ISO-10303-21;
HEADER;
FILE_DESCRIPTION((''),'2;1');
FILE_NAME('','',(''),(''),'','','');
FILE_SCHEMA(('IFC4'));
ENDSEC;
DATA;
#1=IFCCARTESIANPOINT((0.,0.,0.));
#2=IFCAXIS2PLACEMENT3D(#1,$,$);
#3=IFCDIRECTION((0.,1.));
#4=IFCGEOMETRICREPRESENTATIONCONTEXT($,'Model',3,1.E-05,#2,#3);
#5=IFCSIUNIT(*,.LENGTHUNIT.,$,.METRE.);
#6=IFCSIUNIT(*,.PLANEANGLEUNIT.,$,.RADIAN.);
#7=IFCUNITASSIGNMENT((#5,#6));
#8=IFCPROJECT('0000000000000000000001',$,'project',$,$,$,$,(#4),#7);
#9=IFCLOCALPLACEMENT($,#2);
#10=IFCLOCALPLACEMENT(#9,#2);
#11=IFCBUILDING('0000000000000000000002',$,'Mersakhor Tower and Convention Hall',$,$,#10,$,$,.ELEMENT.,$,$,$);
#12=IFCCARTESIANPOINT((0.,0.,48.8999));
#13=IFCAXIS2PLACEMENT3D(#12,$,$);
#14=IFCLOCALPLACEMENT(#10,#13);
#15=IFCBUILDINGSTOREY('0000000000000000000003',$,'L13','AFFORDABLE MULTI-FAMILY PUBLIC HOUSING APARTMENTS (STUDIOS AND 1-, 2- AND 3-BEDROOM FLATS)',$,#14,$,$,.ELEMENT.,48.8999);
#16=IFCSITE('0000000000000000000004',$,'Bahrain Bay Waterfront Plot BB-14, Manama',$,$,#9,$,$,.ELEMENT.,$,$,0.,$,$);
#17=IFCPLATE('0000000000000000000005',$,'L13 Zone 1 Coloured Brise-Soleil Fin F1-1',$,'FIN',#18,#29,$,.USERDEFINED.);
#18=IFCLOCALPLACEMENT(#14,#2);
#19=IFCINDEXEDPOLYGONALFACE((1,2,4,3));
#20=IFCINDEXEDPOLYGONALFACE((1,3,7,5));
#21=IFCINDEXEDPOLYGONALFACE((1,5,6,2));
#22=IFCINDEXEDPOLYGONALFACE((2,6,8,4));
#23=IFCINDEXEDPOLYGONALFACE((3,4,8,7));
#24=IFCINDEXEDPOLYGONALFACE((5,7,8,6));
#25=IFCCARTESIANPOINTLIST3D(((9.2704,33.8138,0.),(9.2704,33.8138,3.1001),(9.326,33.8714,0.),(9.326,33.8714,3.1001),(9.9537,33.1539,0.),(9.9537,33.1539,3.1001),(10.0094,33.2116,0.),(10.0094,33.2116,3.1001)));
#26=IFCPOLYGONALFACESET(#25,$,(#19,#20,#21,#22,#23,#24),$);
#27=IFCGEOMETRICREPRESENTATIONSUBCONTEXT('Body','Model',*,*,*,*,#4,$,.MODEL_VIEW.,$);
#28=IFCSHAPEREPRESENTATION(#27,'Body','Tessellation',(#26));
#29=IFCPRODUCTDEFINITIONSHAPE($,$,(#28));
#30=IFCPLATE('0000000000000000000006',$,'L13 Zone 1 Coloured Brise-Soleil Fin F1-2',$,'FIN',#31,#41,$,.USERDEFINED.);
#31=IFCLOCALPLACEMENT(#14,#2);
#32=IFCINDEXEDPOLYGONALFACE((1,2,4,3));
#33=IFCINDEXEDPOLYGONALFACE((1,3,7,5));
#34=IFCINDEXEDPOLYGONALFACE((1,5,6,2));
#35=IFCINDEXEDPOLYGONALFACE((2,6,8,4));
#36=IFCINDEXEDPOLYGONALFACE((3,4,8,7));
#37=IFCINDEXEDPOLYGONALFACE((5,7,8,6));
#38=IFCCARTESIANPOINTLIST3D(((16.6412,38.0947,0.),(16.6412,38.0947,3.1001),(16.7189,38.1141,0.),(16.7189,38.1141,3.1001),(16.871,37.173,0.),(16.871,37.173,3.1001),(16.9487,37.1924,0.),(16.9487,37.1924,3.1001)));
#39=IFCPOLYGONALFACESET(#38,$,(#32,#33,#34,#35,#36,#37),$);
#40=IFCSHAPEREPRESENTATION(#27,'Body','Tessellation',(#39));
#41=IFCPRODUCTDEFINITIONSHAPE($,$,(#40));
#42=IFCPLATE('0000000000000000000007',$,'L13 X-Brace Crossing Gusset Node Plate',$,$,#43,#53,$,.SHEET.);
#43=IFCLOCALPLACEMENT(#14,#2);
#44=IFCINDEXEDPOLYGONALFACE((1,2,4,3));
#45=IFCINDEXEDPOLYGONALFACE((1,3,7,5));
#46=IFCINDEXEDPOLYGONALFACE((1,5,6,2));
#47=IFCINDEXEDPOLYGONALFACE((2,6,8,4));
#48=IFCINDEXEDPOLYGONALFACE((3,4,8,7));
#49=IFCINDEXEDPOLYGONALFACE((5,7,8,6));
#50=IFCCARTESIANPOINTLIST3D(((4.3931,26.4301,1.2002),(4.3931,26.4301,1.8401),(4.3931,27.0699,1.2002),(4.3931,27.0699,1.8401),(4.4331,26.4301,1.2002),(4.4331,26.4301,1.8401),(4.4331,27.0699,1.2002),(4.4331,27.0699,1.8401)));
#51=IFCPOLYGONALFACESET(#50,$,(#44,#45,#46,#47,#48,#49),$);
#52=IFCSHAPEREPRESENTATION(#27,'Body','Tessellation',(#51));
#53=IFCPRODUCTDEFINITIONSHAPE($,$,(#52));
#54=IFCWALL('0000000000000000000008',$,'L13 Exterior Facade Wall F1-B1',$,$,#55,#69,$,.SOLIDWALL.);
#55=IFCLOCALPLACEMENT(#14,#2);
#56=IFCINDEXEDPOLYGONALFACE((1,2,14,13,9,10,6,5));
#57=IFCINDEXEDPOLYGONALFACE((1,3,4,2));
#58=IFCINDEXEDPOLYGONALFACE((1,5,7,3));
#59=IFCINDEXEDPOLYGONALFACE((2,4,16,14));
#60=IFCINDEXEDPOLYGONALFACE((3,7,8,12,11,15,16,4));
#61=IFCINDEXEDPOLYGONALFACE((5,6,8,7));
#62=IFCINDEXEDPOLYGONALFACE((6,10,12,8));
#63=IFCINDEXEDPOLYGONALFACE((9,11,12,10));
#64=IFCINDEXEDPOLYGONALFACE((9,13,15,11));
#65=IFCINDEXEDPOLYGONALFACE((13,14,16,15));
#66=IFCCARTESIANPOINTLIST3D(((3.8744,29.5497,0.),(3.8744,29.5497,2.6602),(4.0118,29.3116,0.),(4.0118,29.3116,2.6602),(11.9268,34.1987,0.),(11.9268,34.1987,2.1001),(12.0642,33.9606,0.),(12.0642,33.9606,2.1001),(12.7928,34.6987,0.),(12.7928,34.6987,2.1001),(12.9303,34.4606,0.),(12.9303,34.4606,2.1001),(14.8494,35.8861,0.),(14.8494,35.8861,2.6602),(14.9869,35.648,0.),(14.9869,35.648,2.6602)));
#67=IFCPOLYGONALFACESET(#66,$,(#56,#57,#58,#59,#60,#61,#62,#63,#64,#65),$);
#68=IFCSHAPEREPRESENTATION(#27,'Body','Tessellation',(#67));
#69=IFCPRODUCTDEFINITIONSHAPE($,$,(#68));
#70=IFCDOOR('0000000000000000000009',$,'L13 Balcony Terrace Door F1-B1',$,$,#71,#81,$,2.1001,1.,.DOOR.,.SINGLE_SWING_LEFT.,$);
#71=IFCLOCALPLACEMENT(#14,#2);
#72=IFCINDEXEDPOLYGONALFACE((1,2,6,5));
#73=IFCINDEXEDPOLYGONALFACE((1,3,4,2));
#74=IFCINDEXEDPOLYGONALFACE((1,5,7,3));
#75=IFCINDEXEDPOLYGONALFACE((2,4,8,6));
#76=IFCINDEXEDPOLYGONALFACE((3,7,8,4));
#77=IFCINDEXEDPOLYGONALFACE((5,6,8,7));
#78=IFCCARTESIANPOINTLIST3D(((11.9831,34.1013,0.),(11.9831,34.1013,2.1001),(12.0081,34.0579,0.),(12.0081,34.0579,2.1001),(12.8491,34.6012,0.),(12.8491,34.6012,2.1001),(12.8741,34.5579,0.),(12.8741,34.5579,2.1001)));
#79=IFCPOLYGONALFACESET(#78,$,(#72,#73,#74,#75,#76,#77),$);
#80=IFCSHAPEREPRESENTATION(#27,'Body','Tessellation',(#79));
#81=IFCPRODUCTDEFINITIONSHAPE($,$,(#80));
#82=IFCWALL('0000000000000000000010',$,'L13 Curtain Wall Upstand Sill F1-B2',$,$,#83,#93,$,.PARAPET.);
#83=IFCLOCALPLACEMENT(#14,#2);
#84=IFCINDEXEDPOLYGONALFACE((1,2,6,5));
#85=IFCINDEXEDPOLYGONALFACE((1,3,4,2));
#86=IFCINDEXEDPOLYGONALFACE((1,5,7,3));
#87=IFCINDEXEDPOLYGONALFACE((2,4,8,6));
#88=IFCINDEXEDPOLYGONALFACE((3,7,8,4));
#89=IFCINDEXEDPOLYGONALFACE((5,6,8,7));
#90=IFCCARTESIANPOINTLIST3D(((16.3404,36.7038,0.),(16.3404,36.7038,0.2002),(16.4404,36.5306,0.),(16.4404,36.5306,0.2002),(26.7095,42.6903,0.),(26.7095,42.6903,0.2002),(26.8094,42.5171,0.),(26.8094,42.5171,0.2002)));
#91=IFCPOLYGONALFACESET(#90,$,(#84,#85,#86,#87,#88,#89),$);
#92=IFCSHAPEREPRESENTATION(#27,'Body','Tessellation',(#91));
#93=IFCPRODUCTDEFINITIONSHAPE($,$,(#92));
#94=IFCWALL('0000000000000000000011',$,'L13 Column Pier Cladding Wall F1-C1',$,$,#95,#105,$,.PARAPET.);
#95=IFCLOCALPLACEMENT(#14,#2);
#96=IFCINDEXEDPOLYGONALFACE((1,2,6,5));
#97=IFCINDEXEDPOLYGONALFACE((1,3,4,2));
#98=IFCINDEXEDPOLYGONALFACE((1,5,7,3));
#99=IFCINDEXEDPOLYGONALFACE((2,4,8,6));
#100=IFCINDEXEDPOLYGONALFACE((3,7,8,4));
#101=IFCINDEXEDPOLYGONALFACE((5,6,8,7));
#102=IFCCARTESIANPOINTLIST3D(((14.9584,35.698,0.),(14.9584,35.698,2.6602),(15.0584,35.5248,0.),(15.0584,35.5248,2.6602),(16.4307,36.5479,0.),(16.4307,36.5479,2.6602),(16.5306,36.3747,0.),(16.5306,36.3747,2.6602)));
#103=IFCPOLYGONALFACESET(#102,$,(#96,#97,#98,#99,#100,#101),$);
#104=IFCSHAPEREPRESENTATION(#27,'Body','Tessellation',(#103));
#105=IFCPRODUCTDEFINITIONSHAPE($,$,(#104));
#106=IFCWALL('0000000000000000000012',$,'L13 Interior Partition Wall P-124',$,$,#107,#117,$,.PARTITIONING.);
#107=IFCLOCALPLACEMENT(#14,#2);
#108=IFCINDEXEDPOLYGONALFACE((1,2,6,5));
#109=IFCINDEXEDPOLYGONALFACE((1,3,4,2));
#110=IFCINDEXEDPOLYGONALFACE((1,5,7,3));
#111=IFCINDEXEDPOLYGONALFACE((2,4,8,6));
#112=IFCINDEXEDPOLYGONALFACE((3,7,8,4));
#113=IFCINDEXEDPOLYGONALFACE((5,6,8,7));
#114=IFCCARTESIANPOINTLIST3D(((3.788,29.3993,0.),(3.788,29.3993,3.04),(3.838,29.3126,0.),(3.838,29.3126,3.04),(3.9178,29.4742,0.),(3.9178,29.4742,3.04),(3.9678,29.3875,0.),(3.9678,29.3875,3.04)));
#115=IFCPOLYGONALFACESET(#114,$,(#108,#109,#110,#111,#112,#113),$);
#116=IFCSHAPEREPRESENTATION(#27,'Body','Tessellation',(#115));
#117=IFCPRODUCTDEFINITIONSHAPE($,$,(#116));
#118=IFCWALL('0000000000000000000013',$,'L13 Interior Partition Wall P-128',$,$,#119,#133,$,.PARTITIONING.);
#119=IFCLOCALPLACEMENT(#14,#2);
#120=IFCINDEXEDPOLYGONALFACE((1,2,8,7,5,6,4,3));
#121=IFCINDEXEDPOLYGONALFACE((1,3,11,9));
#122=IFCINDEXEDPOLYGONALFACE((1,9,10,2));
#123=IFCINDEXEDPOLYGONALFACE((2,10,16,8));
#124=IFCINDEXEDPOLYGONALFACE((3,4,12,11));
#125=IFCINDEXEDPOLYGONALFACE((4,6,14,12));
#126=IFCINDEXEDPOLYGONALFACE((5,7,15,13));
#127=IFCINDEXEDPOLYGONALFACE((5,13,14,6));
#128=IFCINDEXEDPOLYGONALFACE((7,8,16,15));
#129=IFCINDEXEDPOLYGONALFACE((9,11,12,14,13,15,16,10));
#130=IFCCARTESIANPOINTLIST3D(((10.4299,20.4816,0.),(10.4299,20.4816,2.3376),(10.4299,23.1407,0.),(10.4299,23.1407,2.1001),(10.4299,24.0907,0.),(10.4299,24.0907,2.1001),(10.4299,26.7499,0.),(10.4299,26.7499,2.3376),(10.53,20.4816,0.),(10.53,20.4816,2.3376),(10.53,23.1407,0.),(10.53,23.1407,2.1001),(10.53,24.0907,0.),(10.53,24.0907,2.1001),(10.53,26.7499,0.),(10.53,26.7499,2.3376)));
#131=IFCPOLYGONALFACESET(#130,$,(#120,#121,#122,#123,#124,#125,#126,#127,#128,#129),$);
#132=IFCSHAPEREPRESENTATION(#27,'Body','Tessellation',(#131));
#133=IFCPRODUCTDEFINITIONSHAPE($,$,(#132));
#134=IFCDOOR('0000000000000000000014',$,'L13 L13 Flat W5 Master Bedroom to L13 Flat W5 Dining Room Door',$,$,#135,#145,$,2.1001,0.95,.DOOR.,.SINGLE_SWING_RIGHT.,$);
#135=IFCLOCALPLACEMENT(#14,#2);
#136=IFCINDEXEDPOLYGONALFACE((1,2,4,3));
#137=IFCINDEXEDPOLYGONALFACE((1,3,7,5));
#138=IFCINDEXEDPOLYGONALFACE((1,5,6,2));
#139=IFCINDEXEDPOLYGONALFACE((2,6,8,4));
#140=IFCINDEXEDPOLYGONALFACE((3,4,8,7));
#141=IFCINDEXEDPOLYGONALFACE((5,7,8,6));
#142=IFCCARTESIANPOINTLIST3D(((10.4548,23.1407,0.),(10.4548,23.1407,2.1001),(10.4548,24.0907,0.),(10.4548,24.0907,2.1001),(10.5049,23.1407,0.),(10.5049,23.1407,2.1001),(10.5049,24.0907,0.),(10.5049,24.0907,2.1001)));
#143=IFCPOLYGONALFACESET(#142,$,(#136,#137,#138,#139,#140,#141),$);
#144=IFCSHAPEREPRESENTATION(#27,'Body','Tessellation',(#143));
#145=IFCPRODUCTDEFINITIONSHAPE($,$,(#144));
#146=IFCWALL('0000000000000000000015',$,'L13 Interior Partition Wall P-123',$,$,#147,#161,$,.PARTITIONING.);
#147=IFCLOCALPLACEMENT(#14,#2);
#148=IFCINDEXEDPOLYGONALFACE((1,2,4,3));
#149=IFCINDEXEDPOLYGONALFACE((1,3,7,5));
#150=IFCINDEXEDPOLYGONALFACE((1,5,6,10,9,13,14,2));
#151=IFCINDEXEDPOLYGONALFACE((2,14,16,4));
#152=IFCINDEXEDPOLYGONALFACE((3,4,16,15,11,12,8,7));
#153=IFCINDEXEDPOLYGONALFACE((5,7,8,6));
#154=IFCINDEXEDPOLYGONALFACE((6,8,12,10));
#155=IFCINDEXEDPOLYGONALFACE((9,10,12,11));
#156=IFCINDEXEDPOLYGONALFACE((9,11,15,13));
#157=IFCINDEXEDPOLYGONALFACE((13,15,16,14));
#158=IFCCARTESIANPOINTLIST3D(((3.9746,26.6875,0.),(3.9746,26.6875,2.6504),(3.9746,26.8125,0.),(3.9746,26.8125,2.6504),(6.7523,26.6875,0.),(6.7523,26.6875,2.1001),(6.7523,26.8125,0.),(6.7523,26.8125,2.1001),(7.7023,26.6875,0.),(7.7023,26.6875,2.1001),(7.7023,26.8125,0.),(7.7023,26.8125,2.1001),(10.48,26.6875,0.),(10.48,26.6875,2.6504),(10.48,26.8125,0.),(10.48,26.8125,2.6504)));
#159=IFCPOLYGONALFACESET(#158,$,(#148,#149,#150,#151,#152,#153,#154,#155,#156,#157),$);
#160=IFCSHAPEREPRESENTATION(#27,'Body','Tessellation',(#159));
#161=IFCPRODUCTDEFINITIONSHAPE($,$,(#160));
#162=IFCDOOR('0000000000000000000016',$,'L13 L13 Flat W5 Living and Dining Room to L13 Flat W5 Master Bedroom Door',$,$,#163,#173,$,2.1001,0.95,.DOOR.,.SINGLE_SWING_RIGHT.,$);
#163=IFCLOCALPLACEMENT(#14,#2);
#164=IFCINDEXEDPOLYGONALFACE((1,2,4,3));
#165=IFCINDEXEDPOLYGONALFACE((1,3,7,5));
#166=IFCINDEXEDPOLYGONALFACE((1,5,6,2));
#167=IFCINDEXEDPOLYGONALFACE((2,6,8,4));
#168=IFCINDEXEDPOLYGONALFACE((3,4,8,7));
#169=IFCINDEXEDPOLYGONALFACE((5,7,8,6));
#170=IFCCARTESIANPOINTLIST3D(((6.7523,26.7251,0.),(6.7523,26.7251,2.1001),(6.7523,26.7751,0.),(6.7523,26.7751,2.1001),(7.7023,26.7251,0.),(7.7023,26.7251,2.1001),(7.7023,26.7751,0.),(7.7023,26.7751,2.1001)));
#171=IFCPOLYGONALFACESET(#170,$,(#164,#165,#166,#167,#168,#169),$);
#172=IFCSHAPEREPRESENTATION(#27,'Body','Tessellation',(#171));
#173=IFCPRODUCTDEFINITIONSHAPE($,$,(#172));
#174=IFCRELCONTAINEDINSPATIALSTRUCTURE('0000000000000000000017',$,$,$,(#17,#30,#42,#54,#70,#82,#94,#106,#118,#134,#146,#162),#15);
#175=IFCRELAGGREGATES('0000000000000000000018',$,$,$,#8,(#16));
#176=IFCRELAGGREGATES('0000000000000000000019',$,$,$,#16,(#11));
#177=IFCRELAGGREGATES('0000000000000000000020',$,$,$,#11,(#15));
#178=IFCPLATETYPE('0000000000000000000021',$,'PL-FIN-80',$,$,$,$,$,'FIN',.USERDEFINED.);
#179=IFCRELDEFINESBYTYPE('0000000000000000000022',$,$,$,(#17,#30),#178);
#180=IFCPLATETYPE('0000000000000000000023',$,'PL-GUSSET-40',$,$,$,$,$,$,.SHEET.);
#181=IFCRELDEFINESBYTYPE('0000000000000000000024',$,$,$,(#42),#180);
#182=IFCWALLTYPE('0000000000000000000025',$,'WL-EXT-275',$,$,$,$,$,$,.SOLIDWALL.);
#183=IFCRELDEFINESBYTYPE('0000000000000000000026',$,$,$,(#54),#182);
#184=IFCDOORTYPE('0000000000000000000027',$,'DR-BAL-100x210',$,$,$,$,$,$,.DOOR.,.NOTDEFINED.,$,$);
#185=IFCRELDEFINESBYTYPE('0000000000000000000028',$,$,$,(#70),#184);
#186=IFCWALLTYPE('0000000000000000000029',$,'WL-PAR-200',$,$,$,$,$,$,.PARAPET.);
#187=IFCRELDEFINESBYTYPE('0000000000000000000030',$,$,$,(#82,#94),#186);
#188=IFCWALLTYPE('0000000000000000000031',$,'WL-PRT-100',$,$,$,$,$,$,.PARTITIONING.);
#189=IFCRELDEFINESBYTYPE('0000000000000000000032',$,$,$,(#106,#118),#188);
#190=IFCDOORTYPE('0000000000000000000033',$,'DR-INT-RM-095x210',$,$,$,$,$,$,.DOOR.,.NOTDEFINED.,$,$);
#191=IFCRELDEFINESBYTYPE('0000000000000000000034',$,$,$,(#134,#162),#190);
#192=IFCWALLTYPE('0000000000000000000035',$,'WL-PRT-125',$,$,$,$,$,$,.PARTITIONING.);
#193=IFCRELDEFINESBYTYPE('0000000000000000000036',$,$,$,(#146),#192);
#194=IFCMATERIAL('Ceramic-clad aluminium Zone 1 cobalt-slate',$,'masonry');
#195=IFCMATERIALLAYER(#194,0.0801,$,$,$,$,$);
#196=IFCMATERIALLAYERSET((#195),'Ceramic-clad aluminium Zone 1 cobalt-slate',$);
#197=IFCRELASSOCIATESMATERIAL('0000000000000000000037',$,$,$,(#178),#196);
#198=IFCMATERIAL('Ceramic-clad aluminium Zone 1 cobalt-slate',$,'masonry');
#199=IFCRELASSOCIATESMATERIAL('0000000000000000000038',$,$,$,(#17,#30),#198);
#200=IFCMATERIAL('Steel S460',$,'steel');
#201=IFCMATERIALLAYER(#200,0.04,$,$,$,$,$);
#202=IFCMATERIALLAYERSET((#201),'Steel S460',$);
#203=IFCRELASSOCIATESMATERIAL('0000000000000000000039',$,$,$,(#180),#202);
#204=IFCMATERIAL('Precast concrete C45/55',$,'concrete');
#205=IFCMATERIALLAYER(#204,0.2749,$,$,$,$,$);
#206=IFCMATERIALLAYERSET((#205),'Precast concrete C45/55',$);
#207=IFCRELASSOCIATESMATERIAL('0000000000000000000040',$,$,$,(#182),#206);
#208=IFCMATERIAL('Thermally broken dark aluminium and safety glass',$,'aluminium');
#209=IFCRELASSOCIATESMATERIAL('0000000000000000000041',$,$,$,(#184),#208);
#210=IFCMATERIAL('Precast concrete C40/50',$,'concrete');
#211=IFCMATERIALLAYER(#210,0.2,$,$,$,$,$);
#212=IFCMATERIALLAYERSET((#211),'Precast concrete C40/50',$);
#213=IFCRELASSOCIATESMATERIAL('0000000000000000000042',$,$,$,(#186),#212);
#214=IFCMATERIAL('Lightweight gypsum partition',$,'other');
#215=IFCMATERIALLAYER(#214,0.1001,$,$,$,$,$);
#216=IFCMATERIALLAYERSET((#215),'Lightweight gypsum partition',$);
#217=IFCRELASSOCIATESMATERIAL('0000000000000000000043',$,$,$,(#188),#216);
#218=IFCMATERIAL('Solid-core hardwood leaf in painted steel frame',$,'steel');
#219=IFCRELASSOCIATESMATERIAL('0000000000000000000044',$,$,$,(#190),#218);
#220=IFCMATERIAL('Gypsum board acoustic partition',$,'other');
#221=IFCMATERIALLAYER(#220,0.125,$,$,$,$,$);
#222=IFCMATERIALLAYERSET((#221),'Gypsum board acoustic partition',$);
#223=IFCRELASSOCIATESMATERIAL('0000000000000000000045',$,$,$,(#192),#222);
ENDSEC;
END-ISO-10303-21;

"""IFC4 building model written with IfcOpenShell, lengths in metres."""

from ifc_helpers import new_model, si_unit, direction, frame, frame_2d, origin, origin_2d, place, context, subcontext, project, spatial, rectangle, extrude, material, layer, layer_set, type_object, element, fill, save


model = new_model("IFC4")

# Units and contexts
model_context = context("Model", 3, precision=1e-05, world=origin(), true_north=direction((0.0, 1.0)))
body_context = subcontext(model_context, "Body", "Model", "MODEL_VIEW")
ifc_project = project(units=[si_unit("LENGTHUNIT", "METRE"), si_unit("PLANEANGLEUNIT", "RADIAN")], contexts=[model_context])

# Site, building, storey
site_placement = place(None, origin())
site = spatial("IfcSite", under=ifc_project, at=site_placement, Name="Bahrain Bay Waterfront Plot BB-14, Manama", CompositionType="ELEMENT", RefElevation=0.0)
building_placement = place(site_placement, origin())
building = spatial("IfcBuilding", under=site, at=building_placement, Name="Mersakhor Tower and Convention Hall", CompositionType="ELEMENT")
storey_placement = place(building_placement, frame((0.0, 0.0, 48.8999)))
storey = spatial("IfcBuildingStorey", under=building, at=storey_placement, Name="L13", Description="AFFORDABLE MULTI-FAMILY PUBLIC HOUSING APARTMENTS (STUDIOS AND 1-, 2- AND 3-BEDROOM FLATS)", CompositionType="ELEMENT", Elevation=48.8999)

# Plates
ifc_material_1 = material(Name="Ceramic-clad aluminium Zone 1 cobalt-slate", Category="masonry")
ifc_material_2 = material(Name="Ceramic-clad aluminium Zone 1 cobalt-slate", Category="masonry")
ifc_layer_1 = layer(ifc_material_2, 0.0801)
ifc_layer_set_1 = layer_set([ifc_layer_1], Name="Ceramic-clad aluminium Zone 1 cobalt-slate")
plate_type_1 = type_object("IfcPlateType", Name="PL-FIN-80", ElementType="FIN", PredefinedType="USERDEFINED", material=ifc_layer_set_1)
for number, where, z_axis, x_axis, name in (
    (1, (9.6399, 33.5127, 0.0), (0.0, 0.0, 1.0), (-0.71934, 0.694658, 0.0), "L13 Zone 1 Coloured Brise-Soleil Fin F1-1"),
    (2, (16.7949, 37.6436, 0.0), (0.0, 0.0, 1.0), (-0.241922, 0.970296, 0.0), "L13 Zone 1 Coloured Brise-Soleil Fin F1-2"),
):
    element("IfcPlate", number, at=place(storey_placement, frame(where, z_axis=z_axis, x_axis=x_axis)), inside=storey, type_object=plate_type_1, material=ifc_material_1, Name=name, ObjectType="FIN", PredefinedType="USERDEFINED", context=body_context, shape_type="SweptSolid", body=[
        extrude(rectangle(XDim=0.95, YDim=0.0801, at=origin_2d()), origin(), (0.0, 0.0, 1.0), 3.1001),
    ])
ifc_material_3 = material(Name="Steel S460", Category="steel")
ifc_layer_2 = layer(ifc_material_3, 0.04)
ifc_layer_set_2 = layer_set([ifc_layer_2], Name="Steel S460")
plate_type_2 = type_object("IfcPlateType", Name="PL-GUSSET-40", PredefinedType="SHEET", material=ifc_layer_set_2)
plate_placement = place(storey_placement, frame((4.4131, 26.75, 1.2002), z_axis=(0.0, 0.0, 1.0), x_axis=(0.0, -1.0, 0.0)))
element("IfcPlate", 3, at=plate_placement, inside=storey, type_object=plate_type_2, Name="L13 X-Brace Crossing Gusset Node Plate", PredefinedType="SHEET", context=body_context, shape_type="SweptSolid", body=[
    extrude(rectangle(XDim=0.6399, YDim=0.04, at=origin_2d()), origin(), (0.0, 0.0, 1.0), 0.6399),
])

# Wall, opening, door
ifc_material_4 = material(Name="Precast concrete C45/55", Category="concrete")
ifc_layer_3 = layer(ifc_material_4, 0.2749)
ifc_layer_set_3 = layer_set([ifc_layer_3], Name="Precast concrete C45/55")
wall_type_1 = type_object("IfcWallType", Name="WL-EXT-275", PredefinedType="SOLIDWALL", material=ifc_layer_set_3)
wall_1_placement = place(storey_placement, frame((3.9431, 29.4307, 0.0), z_axis=(0.0, 0.0, 1.0), x_axis=(0.866027, 0.499997, 0.0)))
wall_1 = element("IfcWall", 4, at=wall_1_placement, inside=storey, type_object=wall_type_1, Name="L13 Exterior Facade Wall F1-B1", PredefinedType="SOLIDWALL", context=body_context, shape_type="SweptSolid", body=[
    extrude(rectangle(XDim=12.6729, YDim=0.2749, at=frame_2d((6.3364, 0.0))), origin(), (0.0, 0.0, 1.0), 2.6602),
])
opening_1_placement = place(wall_1_placement, frame((9.2981, 0.0, 0.0)))
opening_1 = element("IfcOpeningElement", 5, at=opening_1_placement, cuts=wall_1, PredefinedType="OPENING", context=body_context, shape_type="SweptSolid", body=[
    extrude(rectangle(XDim=1.0, YDim=2.1001, at=frame_2d((0.5, 1.05))), frame((0.0, 0.1475, 0.0), z_axis=(0.0, -1.0, 0.0), x_axis=(1.0, 0.0, 0.0)), (0.0, 0.0, 1.0), 0.2949),
])
ifc_material_5 = material(Name="Thermally broken dark aluminium and safety glass", Category="aluminium")
door_type_1 = type_object("IfcDoorType", Name="DR-BAL-100x210", OperationType="NOTDEFINED", PredefinedType="DOOR", material=ifc_material_5)
door_1_placement = place(opening_1_placement, origin())
door_1 = element("IfcDoor", 6, at=door_1_placement, inside=storey, type_object=door_type_1, Name="L13 Balcony Terrace Door F1-B1", OperationType="SINGLE_SWING_LEFT", OverallHeight=2.1001, OverallWidth=1.0, PredefinedType="DOOR", context=body_context, shape_type="SweptSolid", body=[
    extrude(rectangle(XDim=1.0, YDim=2.1001, at=frame_2d((0.5, 1.05))), frame((0.0, 0.0249, 0.0), z_axis=(0.0, -1.0, 0.0), x_axis=(1.0, 0.0, 0.0)), (0.0, 0.0, 1.0), 0.05),
])
fill(opening_1, door_1)

# Walls
ifc_material_6 = material(Name="Precast concrete C40/50", Category="concrete")
ifc_layer_4 = layer(ifc_material_6, 0.2)
ifc_layer_set_4 = layer_set([ifc_layer_4], Name="Precast concrete C40/50")
wall_type_2 = type_object("IfcWallType", Name="WL-PAR-200", PredefinedType="PARAPET", material=ifc_layer_set_4)
wall_2_placement = place(storey_placement, frame((16.3904, 36.6172, 0.0), z_axis=(0.0, 0.0, 1.0), x_axis=(0.866027, 0.499997, 0.0)))
element("IfcWall", 7, at=wall_2_placement, inside=storey, type_object=wall_type_2, Name="L13 Curtain Wall Upstand Sill F1-B2", PredefinedType="PARAPET", context=body_context, shape_type="SweptSolid", body=[
    extrude(rectangle(XDim=11.9731, YDim=0.2, at=frame_2d((5.9866, 0.0))), origin(), (0.0, 0.0, 1.0), 0.2002),
])
wall_3_placement = place(storey_placement, frame((15.0083, 35.6113, 0.0), z_axis=(0.0, 0.0, 1.0), x_axis=(0.866052, 0.499955, 0.0)))
element("IfcWall", 8, at=wall_3_placement, inside=storey, type_object=wall_type_2, Name="L13 Column Pier Cladding Wall F1-C1", PredefinedType="PARAPET", context=body_context, shape_type="SweptSolid", body=[
    extrude(rectangle(XDim=1.7, YDim=0.2, at=frame_2d((0.8501, 0.0))), origin(), (0.0, 0.0, 1.0), 2.6602),
])
ifc_material_7 = material(Name="Lightweight gypsum partition", Category="other")
ifc_layer_5 = layer(ifc_material_7, 0.1001)
ifc_layer_set_5 = layer_set([ifc_layer_5], Name="Lightweight gypsum partition")
wall_type_3 = type_object("IfcWallType", Name="WL-PRT-100", PredefinedType="PARTITIONING", material=ifc_layer_set_5)
wall_4_placement = place(storey_placement, frame((3.813, 29.356, 0.0), z_axis=(0.0, 0.0, 1.0), x_axis=(0.866131, 0.499816, 0.0)))
element("IfcWall", 9, at=wall_4_placement, inside=storey, type_object=wall_type_3, Name="L13 Interior Partition Wall P-124", PredefinedType="PARTITIONING", context=body_context, shape_type="SweptSolid", body=[
    extrude(rectangle(XDim=0.1499, YDim=0.1001, at=frame_2d((0.075, 0.0))), origin(), (0.0, 0.0, 1.0), 3.04),
])

# Walls, openings, doors
wall_5_placement = place(storey_placement, frame((10.48, 26.75, 0.0), z_axis=(0.0, 0.0, 1.0), x_axis=(0.0, -1.0, 0.0)))
wall_5 = element("IfcWall", 10, at=wall_5_placement, inside=storey, type_object=wall_type_3, Name="L13 Interior Partition Wall P-128", PredefinedType="PARTITIONING", context=body_context, shape_type="SweptSolid", body=[
    extrude(rectangle(XDim=6.2683, YDim=0.1001, at=frame_2d((3.1343, 0.0))), origin(), (0.0, 0.0, 1.0), 2.3376),
])
opening_2_placement = place(wall_5_placement, frame((2.6592, 0.0, 0.0)))
opening_2 = element("IfcOpeningElement", 11, at=opening_2_placement, cuts=wall_5, PredefinedType="OPENING", context=body_context, shape_type="SweptSolid", body=[
    extrude(rectangle(XDim=0.95, YDim=2.1001, at=frame_2d((0.4751, 1.05))), frame((0.0, 0.0601, 0.0), z_axis=(0.0, -1.0, 0.0), x_axis=(1.0, 0.0, 0.0)), (0.0, 0.0, 1.0), 0.1201),
])
ifc_material_8 = material(Name="Solid-core hardwood leaf in painted steel frame", Category="steel")
door_type_2 = type_object("IfcDoorType", Name="DR-INT-RM-095x210", OperationType="NOTDEFINED", PredefinedType="DOOR", material=ifc_material_8)
door_2_placement = place(opening_2_placement, origin())
door_2 = element("IfcDoor", 12, at=door_2_placement, inside=storey, type_object=door_type_2, Name="L13 L13 Flat W5 Master Bedroom to L13 Flat W5 Dining Room Door", OperationType="SINGLE_SWING_RIGHT", OverallHeight=2.1001, OverallWidth=0.95, PredefinedType="DOOR", context=body_context, shape_type="SweptSolid", body=[
    extrude(rectangle(XDim=0.95, YDim=2.1001, at=frame_2d((0.4751, 1.05))), frame((0.0, 0.0249, 0.0), z_axis=(0.0, -1.0, 0.0), x_axis=(1.0, 0.0, 0.0)), (0.0, 0.0, 1.0), 0.05),
])
fill(opening_2, door_2)
ifc_material_9 = material(Name="Gypsum board acoustic partition", Category="other")
ifc_layer_6 = layer(ifc_material_9, 0.125)
ifc_layer_set_6 = layer_set([ifc_layer_6], Name="Gypsum board acoustic partition")
wall_type_4 = type_object("IfcWallType", Name="WL-PRT-125", PredefinedType="PARTITIONING", material=ifc_layer_set_6)
wall_6_placement = place(storey_placement, frame((10.48, 26.75, 0.0), z_axis=(0.0, 0.0, 1.0), x_axis=(-1.0, 0.0, 0.0)))
wall_6 = element("IfcWall", 13, at=wall_6_placement, inside=storey, type_object=wall_type_4, Name="L13 Interior Partition Wall P-123", PredefinedType="PARTITIONING", context=body_context, shape_type="SweptSolid", body=[
    extrude(rectangle(XDim=6.5054, YDim=0.125, at=frame_2d((3.2527, 0.0))), origin(), (0.0, 0.0, 1.0), 2.6504),
])
opening_3_placement = place(wall_6_placement, frame((2.7776, 0.0, 0.0)))
opening_3 = element("IfcOpeningElement", 14, at=opening_3_placement, cuts=wall_6, PredefinedType="OPENING", context=body_context, shape_type="SweptSolid", body=[
    extrude(rectangle(XDim=0.95, YDim=2.1001, at=frame_2d((0.4751, 1.05))), frame((0.0, 0.0725, 0.0), z_axis=(0.0, -1.0, 0.0), x_axis=(1.0, 0.0, 0.0)), (0.0, 0.0, 1.0), 0.145),
])
door_3_placement = place(opening_3_placement, origin())
door_3 = element("IfcDoor", 15, at=door_3_placement, inside=storey, type_object=door_type_2, Name="L13 L13 Flat W5 Living and Dining Room to L13 Flat W5 Master Bedroom Door", OperationType="SINGLE_SWING_RIGHT", OverallHeight=2.1001, OverallWidth=0.95, PredefinedType="DOOR", context=body_context, shape_type="SweptSolid", body=[
    extrude(rectangle(XDim=0.95, YDim=2.1001, at=frame_2d((0.4751, 1.05))), frame((0.0, 0.0249, 0.0), z_axis=(0.0, -1.0, 0.0), x_axis=(1.0, 0.0, 0.0)), (0.0, 0.0, 1.0), 0.05),
])
fill(opening_3, door_3)

save(model, "model.ifc")
